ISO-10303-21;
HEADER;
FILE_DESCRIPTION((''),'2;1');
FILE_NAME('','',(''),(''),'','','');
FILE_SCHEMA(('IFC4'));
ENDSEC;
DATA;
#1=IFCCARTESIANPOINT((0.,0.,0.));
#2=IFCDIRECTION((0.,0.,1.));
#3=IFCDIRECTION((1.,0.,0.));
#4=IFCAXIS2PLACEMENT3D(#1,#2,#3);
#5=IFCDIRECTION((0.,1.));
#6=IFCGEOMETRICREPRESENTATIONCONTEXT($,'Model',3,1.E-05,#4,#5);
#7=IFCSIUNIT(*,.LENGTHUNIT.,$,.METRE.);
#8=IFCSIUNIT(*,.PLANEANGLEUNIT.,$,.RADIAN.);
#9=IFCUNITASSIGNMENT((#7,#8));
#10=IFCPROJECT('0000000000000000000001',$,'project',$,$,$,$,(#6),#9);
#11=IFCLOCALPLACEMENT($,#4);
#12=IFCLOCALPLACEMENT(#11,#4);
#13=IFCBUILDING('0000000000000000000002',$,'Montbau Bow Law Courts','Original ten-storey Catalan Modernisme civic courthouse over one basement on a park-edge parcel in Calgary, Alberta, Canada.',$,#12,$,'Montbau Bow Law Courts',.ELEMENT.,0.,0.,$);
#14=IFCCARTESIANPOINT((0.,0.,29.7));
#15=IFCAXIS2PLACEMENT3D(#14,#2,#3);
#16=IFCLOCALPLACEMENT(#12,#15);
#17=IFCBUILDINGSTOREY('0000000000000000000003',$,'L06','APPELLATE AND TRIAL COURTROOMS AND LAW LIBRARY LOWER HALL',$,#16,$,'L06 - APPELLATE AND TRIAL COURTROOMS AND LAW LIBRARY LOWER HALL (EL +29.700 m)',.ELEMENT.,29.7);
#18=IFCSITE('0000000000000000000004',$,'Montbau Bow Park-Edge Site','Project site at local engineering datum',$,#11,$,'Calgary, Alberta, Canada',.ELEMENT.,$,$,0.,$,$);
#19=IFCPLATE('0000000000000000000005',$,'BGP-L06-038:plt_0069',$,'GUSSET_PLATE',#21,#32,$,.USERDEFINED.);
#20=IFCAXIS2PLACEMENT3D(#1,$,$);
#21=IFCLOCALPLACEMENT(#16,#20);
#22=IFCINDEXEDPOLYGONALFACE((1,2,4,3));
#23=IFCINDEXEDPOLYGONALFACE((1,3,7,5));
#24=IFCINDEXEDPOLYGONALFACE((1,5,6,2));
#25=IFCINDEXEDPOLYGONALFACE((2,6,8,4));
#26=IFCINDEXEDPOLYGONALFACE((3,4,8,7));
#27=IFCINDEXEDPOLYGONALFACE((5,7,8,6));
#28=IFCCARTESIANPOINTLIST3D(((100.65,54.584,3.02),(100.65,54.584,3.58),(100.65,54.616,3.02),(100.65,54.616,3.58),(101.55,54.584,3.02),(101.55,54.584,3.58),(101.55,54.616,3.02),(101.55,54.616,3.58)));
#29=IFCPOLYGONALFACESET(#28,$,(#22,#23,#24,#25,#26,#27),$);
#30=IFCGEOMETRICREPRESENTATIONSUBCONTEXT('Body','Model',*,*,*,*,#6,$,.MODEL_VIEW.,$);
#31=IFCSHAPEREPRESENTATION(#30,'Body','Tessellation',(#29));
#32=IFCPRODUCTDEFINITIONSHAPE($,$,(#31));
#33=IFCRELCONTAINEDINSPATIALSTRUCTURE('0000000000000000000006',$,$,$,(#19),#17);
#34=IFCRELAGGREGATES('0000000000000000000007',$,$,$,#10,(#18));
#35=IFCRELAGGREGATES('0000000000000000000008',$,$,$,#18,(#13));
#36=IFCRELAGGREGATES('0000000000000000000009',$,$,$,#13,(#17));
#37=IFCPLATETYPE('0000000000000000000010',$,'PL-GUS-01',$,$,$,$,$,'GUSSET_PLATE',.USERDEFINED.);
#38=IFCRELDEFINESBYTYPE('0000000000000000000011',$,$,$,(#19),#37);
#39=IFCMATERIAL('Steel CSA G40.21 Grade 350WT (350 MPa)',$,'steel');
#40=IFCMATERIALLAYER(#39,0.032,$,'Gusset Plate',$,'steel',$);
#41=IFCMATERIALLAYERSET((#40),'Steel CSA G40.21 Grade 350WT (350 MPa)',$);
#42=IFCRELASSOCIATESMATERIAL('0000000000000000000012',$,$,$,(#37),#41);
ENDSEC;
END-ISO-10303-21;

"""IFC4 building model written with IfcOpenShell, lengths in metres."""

from ifc_helpers import new_model, si_unit, direction, frame, origin_with_axes, origin_2d_with_axis, place, context, subcontext, project, spatial, rectangle, extrude, material, layer, layer_set, type_object, element, save


model = new_model("IFC4")

# Units and contexts
model_context = context("Model", 3, precision=1e-05, world=origin_with_axes(), true_north=direction((0.0, 1.0)))
body_context = subcontext(model_context, "Body", "Model", "MODEL_VIEW")
ifc_project = project(units=[si_unit("LENGTHUNIT", "METRE"), si_unit("PLANEANGLEUNIT", "RADIAN")], contexts=[model_context])

# Site, building, storey
site_placement = place(None, origin_with_axes())
site = spatial("IfcSite", under=ifc_project, at=site_placement, Name="Montbau Bow Park-Edge Site", Description="Project site at local engineering datum", LongName="Calgary, Alberta, Canada", CompositionType="ELEMENT", RefElevation=0.0)
building_placement = place(site_placement, origin_with_axes())
building = spatial("IfcBuilding", under=site, at=building_placement, Name="Montbau Bow Law Courts", Description="Original ten-storey Catalan Modernisme civic courthouse over one basement on a park-edge parcel in Calgary, Alberta, Canada.", LongName="Montbau Bow Law Courts", CompositionType="ELEMENT", ElevationOfRefHeight=0.0, ElevationOfTerrain=0.0)
storey_placement = place(building_placement, frame((0.0, 0.0, 29.7), z_axis=(0.0, 0.0, 1.0), x_axis=(1.0, 0.0, 0.0)))
storey = spatial("IfcBuildingStorey", under=building, at=storey_placement, Name="L06", Description="APPELLATE AND TRIAL COURTROOMS AND LAW LIBRARY LOWER HALL", LongName="L06 - APPELLATE AND TRIAL COURTROOMS AND LAW LIBRARY LOWER HALL (EL +29.700 m)", CompositionType="ELEMENT", Elevation=29.7)

# Plate
ifc_material_1 = material(Name="Steel CSA G40.21 Grade 350WT (350 MPa)", Category="steel")
ifc_layer_1 = layer(ifc_material_1, 0.032, Name="Gusset Plate", Category="steel")
ifc_layer_set_1 = layer_set([ifc_layer_1], Name="Steel CSA G40.21 Grade 350WT (350 MPa)")
plate_type_1 = type_object("IfcPlateType", Name="PL-GUS-01", ElementType="GUSSET_PLATE", PredefinedType="USERDEFINED", material=ifc_layer_set_1)
for number, where, z_axis, x_axis, name in (
    (1, (101.1, 54.6, 32.72), (0.0, 0.0, 1.0), (1.0, 0.0, 0.0), "BGP-L06-038:plt_0069"),
):
    element("IfcPlate", number, at=place(None, frame(where, z_axis=z_axis, x_axis=x_axis)), inside=storey, type_object=plate_type_1, Name=name, ObjectType="GUSSET_PLATE", PredefinedType="USERDEFINED", context=body_context, shape_type="SweptSolid", body=[
        extrude(rectangle(XDim=0.9, YDim=0.032, at=origin_2d_with_axis()), origin_with_axes(), (0.0, 0.0, 1.0), 0.56),
    ])

save(model, "model.ifc")
